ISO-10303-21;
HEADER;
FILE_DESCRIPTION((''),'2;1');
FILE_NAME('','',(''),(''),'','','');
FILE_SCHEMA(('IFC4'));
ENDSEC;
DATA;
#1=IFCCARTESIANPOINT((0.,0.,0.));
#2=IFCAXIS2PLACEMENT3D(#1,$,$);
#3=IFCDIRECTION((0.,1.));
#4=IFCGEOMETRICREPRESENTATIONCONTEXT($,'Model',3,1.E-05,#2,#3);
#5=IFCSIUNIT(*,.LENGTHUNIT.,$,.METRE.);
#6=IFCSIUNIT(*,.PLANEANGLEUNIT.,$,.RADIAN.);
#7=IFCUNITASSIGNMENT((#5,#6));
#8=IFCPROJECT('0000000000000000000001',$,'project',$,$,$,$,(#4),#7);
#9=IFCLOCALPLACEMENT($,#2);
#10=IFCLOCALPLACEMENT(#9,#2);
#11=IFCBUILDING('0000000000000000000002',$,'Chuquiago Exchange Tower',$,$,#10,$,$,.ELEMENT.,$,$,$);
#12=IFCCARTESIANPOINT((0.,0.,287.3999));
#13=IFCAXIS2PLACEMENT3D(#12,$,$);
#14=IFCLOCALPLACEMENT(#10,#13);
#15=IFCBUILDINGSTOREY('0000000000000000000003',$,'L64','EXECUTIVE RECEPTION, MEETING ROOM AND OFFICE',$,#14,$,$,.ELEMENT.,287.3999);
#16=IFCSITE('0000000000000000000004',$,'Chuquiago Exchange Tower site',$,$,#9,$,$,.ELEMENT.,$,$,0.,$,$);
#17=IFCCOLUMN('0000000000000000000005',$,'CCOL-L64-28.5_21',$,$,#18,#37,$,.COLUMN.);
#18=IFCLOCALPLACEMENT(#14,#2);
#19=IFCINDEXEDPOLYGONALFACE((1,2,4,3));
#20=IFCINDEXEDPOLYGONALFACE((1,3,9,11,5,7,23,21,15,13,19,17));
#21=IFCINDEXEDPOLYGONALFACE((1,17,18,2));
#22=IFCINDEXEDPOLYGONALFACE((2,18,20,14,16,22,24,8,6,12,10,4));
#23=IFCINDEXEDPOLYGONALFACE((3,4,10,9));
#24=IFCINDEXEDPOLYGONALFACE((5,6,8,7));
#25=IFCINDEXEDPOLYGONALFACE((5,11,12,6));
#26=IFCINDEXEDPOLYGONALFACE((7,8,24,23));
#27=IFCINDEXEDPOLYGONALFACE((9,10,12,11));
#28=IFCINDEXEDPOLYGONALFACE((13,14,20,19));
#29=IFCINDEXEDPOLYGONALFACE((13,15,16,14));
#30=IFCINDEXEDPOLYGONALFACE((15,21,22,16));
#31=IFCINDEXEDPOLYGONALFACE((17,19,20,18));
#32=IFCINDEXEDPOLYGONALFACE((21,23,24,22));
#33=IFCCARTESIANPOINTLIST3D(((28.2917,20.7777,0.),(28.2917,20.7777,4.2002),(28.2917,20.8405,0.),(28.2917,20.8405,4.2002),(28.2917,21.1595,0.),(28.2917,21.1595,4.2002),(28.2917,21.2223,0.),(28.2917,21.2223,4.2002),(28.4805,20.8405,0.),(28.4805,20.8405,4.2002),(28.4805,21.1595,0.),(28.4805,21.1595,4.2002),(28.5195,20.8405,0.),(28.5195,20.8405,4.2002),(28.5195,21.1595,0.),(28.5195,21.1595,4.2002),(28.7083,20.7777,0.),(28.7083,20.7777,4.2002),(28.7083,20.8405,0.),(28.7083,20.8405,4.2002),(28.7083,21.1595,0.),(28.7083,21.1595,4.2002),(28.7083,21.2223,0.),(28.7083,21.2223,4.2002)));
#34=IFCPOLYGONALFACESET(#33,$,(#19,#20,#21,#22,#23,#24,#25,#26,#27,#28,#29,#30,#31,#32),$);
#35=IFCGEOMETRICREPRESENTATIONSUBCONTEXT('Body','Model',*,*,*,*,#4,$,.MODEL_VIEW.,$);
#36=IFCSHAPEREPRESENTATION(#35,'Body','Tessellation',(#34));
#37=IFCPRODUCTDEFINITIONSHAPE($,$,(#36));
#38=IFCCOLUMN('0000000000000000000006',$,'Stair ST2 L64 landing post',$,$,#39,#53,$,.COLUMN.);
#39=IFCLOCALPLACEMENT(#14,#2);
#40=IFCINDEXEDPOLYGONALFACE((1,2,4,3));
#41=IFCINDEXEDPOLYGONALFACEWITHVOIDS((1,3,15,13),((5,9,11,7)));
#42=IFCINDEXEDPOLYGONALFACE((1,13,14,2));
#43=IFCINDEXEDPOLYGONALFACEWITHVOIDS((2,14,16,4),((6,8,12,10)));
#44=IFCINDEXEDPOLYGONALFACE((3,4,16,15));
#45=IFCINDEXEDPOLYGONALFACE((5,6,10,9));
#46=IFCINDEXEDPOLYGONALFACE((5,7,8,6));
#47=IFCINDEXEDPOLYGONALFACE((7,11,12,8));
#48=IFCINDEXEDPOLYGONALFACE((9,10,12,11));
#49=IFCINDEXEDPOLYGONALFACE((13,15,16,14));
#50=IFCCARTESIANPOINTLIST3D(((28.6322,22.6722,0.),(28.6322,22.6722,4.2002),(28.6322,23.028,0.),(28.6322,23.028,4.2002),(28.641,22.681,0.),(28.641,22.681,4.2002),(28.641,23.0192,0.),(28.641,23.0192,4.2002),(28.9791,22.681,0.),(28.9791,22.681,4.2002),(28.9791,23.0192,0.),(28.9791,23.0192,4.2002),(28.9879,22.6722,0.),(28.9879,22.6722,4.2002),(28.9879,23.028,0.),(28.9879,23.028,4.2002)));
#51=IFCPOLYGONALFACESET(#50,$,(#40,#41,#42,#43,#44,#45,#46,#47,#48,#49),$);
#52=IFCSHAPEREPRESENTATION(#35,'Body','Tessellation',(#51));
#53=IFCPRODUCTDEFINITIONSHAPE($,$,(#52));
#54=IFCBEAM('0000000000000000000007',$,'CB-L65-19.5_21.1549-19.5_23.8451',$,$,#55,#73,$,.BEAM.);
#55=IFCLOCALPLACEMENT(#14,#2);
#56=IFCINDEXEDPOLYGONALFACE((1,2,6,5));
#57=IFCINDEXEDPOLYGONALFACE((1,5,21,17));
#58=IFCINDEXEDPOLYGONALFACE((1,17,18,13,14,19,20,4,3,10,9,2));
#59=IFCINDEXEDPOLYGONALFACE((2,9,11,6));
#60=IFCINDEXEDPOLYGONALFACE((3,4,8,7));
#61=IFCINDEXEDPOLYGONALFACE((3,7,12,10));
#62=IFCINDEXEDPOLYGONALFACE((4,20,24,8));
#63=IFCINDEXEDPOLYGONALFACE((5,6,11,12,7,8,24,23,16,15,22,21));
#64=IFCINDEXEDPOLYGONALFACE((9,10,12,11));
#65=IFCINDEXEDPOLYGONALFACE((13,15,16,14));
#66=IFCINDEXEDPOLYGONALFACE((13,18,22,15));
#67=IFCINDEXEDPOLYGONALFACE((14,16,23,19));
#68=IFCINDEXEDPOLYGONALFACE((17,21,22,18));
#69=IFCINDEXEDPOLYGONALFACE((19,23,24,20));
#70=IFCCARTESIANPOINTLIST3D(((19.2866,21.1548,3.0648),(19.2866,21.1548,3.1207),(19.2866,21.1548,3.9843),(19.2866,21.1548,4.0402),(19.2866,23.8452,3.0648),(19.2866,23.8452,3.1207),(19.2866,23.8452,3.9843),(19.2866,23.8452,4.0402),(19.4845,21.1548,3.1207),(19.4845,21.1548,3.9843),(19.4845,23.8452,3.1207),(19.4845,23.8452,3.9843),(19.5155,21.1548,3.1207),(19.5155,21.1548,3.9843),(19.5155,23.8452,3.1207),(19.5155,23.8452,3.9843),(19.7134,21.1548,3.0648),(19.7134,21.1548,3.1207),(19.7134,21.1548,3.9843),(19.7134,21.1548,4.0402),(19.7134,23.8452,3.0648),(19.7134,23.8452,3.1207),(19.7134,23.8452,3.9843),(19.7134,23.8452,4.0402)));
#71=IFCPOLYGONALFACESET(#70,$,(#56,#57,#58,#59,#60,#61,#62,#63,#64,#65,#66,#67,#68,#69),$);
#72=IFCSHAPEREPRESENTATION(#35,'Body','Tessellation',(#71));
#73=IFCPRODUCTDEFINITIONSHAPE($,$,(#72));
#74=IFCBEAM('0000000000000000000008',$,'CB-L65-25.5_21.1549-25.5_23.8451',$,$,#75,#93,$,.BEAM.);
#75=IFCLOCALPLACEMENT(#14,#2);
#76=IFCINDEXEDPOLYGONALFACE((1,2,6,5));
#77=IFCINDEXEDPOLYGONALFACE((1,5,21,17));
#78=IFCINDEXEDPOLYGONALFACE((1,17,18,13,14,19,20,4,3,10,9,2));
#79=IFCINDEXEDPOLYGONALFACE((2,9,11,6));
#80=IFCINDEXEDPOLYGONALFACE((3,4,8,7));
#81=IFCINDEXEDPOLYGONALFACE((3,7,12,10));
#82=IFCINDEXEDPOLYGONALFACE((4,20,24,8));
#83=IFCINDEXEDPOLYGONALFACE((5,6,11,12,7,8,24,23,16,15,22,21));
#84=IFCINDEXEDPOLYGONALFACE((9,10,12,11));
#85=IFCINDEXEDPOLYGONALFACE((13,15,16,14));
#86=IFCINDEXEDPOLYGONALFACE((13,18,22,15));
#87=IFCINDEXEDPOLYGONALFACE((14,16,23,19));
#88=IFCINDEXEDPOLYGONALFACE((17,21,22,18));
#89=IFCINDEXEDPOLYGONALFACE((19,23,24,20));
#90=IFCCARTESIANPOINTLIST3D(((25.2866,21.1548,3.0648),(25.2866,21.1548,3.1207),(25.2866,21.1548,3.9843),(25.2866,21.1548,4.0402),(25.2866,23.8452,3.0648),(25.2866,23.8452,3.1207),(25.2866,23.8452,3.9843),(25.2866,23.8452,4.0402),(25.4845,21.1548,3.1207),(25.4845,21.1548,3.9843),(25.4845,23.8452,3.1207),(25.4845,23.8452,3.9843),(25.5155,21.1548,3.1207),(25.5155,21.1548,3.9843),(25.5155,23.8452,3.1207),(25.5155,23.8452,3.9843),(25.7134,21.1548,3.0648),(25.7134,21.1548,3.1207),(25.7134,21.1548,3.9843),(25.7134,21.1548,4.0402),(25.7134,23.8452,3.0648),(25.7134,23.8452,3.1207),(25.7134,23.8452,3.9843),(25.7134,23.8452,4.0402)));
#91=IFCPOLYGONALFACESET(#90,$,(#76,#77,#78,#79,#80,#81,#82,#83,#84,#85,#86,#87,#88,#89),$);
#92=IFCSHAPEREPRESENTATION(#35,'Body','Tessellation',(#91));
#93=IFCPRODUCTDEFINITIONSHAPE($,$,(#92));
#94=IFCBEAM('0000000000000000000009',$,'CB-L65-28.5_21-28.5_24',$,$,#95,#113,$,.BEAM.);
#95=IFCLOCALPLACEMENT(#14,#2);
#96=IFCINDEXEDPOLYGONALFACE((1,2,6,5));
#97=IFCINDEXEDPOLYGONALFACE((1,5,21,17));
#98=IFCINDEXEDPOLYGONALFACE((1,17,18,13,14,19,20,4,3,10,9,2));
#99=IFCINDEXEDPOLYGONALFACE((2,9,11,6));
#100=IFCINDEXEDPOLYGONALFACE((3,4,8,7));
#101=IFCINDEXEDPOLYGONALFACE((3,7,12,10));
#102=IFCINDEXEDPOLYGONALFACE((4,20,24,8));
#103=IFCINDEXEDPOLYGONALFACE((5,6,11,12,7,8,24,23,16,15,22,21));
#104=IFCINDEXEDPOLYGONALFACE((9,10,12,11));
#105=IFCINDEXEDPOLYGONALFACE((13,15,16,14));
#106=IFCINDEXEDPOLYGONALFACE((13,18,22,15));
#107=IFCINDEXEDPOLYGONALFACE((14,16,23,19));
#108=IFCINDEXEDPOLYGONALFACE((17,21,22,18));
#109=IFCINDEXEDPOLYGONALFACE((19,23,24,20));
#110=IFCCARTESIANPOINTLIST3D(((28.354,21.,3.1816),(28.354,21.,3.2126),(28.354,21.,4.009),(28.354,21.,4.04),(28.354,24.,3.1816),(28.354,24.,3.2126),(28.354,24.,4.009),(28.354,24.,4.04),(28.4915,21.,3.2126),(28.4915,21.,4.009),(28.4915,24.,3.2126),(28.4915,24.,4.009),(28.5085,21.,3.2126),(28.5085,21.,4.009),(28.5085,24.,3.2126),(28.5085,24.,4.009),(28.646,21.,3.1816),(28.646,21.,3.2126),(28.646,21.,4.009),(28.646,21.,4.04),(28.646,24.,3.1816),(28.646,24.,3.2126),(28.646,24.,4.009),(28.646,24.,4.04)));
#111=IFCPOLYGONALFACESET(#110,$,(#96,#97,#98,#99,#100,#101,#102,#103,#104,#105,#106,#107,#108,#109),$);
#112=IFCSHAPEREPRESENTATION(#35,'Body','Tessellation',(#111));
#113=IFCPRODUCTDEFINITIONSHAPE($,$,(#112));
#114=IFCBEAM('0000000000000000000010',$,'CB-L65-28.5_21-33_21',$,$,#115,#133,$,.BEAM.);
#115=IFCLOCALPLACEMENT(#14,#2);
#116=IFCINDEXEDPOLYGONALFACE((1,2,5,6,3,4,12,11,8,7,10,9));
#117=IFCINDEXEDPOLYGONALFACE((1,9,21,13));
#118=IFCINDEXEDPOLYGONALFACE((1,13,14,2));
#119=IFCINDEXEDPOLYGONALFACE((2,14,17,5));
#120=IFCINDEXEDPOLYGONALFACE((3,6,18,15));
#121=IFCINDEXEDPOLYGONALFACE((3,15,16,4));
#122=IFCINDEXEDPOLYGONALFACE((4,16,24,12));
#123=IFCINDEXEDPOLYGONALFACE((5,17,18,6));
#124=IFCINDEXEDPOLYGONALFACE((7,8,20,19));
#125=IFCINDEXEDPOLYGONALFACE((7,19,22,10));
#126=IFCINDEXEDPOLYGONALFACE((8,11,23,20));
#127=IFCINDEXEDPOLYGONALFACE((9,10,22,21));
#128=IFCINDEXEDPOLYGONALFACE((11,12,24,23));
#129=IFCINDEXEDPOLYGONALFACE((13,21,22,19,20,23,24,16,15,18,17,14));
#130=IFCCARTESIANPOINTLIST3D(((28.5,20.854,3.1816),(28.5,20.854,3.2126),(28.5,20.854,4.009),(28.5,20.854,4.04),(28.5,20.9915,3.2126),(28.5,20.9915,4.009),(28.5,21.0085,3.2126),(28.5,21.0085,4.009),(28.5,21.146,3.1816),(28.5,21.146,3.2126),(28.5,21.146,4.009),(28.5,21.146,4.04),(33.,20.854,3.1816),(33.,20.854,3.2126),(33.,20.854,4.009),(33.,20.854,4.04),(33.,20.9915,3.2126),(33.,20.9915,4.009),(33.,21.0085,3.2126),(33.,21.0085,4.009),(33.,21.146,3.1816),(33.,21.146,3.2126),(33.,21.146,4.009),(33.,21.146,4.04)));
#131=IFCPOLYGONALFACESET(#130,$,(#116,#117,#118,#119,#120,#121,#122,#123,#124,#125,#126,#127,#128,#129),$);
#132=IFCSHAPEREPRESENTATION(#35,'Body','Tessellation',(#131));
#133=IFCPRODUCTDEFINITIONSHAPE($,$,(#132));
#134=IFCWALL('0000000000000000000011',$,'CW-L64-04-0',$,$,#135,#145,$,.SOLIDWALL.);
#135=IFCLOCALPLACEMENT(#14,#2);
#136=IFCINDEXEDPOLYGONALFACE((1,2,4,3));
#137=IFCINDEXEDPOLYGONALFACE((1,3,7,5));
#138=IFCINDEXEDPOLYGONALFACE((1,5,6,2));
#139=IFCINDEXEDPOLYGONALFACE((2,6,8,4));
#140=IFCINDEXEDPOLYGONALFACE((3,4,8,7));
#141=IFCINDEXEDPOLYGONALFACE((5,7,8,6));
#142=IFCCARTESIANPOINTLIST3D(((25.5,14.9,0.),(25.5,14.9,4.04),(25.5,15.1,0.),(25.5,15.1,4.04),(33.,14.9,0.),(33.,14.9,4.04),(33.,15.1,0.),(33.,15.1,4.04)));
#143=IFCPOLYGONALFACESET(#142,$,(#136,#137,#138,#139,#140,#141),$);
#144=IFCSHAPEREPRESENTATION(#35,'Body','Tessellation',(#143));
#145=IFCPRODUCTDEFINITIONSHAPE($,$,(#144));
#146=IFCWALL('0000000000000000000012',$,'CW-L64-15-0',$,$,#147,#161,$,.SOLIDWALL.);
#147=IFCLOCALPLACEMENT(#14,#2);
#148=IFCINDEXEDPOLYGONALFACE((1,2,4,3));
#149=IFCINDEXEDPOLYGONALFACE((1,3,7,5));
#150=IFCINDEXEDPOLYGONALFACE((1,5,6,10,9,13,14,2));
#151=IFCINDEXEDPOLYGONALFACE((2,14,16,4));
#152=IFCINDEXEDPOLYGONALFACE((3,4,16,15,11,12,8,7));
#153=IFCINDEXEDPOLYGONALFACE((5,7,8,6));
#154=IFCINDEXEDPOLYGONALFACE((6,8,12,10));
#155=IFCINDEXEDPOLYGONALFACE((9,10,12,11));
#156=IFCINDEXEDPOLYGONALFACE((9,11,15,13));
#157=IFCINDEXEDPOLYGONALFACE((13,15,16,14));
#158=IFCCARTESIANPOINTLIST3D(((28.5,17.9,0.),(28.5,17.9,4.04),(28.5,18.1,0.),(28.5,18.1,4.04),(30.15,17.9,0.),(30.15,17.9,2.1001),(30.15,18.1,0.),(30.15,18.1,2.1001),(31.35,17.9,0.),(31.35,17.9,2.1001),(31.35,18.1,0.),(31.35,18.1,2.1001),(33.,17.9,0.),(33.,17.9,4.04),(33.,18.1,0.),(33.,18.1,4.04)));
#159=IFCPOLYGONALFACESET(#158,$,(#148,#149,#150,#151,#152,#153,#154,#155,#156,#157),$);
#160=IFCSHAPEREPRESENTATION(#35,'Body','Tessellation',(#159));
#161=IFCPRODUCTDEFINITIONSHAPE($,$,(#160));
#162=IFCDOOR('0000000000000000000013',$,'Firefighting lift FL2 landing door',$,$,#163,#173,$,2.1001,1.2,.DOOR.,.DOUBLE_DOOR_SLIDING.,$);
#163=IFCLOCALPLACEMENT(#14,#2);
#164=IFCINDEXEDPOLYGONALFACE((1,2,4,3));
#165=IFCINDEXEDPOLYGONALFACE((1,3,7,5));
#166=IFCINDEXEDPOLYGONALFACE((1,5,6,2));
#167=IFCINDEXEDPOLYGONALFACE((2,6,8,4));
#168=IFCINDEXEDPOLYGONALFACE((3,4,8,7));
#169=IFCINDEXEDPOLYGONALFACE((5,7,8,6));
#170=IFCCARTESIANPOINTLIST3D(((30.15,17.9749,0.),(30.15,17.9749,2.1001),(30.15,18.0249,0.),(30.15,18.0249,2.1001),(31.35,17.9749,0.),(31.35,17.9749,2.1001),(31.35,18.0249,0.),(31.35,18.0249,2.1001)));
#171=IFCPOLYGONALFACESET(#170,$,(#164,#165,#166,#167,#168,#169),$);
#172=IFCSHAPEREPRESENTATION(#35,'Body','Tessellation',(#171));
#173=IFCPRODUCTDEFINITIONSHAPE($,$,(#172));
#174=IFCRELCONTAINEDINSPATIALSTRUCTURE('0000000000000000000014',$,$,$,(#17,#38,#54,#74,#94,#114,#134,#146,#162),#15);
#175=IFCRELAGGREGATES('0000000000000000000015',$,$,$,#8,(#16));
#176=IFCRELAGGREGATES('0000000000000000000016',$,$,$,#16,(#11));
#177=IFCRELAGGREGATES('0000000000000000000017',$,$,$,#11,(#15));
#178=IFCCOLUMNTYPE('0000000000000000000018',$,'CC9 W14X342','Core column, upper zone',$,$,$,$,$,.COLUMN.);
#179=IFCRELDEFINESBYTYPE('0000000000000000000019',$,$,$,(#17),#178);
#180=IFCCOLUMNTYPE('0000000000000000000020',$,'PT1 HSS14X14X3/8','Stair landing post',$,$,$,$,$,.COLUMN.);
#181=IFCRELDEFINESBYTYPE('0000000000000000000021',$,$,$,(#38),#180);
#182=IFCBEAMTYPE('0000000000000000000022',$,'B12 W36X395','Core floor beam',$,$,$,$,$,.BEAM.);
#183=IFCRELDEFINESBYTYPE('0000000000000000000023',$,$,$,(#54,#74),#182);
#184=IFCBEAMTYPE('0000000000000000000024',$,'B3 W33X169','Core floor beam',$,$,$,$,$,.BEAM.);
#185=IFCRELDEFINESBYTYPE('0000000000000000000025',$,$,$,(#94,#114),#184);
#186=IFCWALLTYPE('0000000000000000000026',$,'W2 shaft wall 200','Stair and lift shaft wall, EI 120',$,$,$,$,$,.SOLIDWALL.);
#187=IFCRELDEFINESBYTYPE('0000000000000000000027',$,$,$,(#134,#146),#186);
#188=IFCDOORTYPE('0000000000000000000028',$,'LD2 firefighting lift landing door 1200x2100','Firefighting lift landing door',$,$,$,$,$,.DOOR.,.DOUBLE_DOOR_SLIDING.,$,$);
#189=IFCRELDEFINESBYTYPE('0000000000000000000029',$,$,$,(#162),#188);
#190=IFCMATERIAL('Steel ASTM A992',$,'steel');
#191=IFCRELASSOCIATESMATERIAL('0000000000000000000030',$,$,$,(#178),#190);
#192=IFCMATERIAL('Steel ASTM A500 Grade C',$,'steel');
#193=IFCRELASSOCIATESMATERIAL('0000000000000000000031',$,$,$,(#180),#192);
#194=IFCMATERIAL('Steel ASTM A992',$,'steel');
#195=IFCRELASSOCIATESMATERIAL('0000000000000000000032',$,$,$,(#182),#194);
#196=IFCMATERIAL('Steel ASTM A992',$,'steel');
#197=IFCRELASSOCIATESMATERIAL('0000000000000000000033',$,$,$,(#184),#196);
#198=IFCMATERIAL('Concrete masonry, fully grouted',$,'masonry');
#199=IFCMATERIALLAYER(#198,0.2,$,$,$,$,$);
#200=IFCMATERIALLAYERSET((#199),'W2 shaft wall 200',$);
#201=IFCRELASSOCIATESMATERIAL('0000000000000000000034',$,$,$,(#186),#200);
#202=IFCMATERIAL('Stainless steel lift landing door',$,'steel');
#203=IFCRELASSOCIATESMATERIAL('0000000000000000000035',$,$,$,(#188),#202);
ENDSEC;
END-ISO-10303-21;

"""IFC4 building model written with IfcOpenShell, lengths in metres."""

from ifc_helpers import new_model, si_unit, direction, frame, frame_2d, origin, origin_2d, place, context, subcontext, project, spatial, rectangle, hollow_rectangle, i_section, extrude, material, layer, layer_set, material_profile, profile_set, type_object, element, fill, save


model = new_model("IFC4")

# Units and contexts
model_context = context("Model", 3, precision=1e-05, world=origin(), true_north=direction((0.0, 1.0)))
body_context = subcontext(model_context, "Body", "Model", "MODEL_VIEW")
ifc_project = project(units=[si_unit("LENGTHUNIT", "METRE"), si_unit("PLANEANGLEUNIT", "RADIAN")], contexts=[model_context])

# Site, building, storey
site_placement = place(None, origin())
site = spatial("IfcSite", under=ifc_project, at=site_placement, Name="Chuquiago Exchange Tower site", CompositionType="ELEMENT", RefElevation=0.0)
building_placement = place(site_placement, origin())
building = spatial("IfcBuilding", under=site, at=building_placement, Name="Chuquiago Exchange Tower", CompositionType="ELEMENT")
storey_placement = place(building_placement, frame((0.0, 0.0, 287.3999)))
storey = spatial("IfcBuildingStorey", under=building, at=storey_placement, Name="L64", Description="EXECUTIVE RECEPTION, MEETING ROOM AND OFFICE", CompositionType="ELEMENT", Elevation=287.3999)

# Columns
ifc_material_1 = material(Name="Steel ASTM A992", Category="steel")
ifc_material_profile_1 = material_profile(ifc_material_1, i_section(OverallWidth=0.4165, OverallDepth=0.4446, WebThickness=0.0391, FlangeThickness=0.0627, at=origin_2d()), Name="W14X342")
ifc_profile_set_1 = profile_set([ifc_material_profile_1], Name="Steel ASTM A992")
column_type_1 = type_object("IfcColumnType", Name="CC9 W14X342", Description="Core column, upper zone", PredefinedType="COLUMN", material=ifc_profile_set_1)
column_1_placement = place(storey_placement, frame((28.5, 21.0, 0.0), z_axis=(0.0, 0.0, 1.0), x_axis=(1.0, 0.0, 0.0)))
element("IfcColumn", 1, at=column_1_placement, inside=storey, type_object=column_type_1, Name="CCOL-L64-28.5_21", PredefinedType="COLUMN", context=body_context, shape_type="SweptSolid", body=[
    extrude(i_section(OverallWidth=0.4165, OverallDepth=0.4446, WebThickness=0.0391, FlangeThickness=0.0627, at=origin_2d()), origin(), (0.0, 0.0, 1.0), 4.2002),
])
ifc_material_2 = material(Name="Steel ASTM A500 Grade C", Category="steel")
ifc_material_profile_2 = material_profile(ifc_material_2, hollow_rectangle(XDim=0.3557, YDim=0.3557, WallThickness=0.0088, at=origin_2d()), Name="HSS14X14X3/8")
ifc_profile_set_2 = profile_set([ifc_material_profile_2], Name="Steel ASTM A500 Grade C")
column_type_2 = type_object("IfcColumnType", Name="PT1 HSS14X14X3/8", Description="Stair landing post", PredefinedType="COLUMN", material=ifc_profile_set_2)
column_2_placement = place(storey_placement, frame((28.8101, 22.8501, 0.0), z_axis=(0.0, 0.0, 1.0), x_axis=(1.0, 0.0, 0.0)))
element("IfcColumn", 2, at=column_2_placement, inside=storey, type_object=column_type_2, Name="Stair ST2 L64 landing post", PredefinedType="COLUMN", context=body_context, shape_type="SweptSolid", body=[
    extrude(hollow_rectangle(XDim=0.3557, YDim=0.3557, WallThickness=0.0088, at=origin_2d()), origin(), (0.0, 0.0, 1.0), 4.2002),
])

# Beams
ifc_material_3 = material(Name="Steel ASTM A992", Category="steel")
ifc_material_profile_3 = material_profile(ifc_material_3, i_section(OverallWidth=0.4268, OverallDepth=0.9753, WebThickness=0.031, FlangeThickness=0.0559, at=origin_2d()), Name="W36X395")
ifc_profile_set_3 = profile_set([ifc_material_profile_3], Name="Steel ASTM A992")
beam_type_1 = type_object("IfcBeamType", Name="B12 W36X395", Description="Core floor beam", PredefinedType="BEAM", material=ifc_profile_set_3)
for number, where, z_axis, x_axis, name in (
    (3, (19.5, 21.1548, 3.5525), (0.0, 1.0, 0.0), (-1.0, 0.0, 0.0), "CB-L65-19.5_21.1549-19.5_23.8451"),
    (4, (25.5, 21.1548, 3.5525), (0.0, 1.0, 0.0), (-1.0, 0.0, 0.0), "CB-L65-25.5_21.1549-25.5_23.8451"),
):
    element("IfcBeam", number, at=place(storey_placement, frame(where, z_axis=z_axis, x_axis=x_axis)), inside=storey, type_object=beam_type_1, Name=name, PredefinedType="BEAM", context=body_context, shape_type="SweptSolid", body=[
        extrude(i_section(OverallWidth=0.4268, OverallDepth=0.9753, WebThickness=0.031, FlangeThickness=0.0559, at=origin_2d()), origin(), (0.0, 0.0, 1.0), 2.6904),
    ])
ifc_material_4 = material(Name="Steel ASTM A992", Category="steel")
ifc_material_profile_4 = material_profile(ifc_material_4, i_section(OverallWidth=0.292, OverallDepth=0.8584, WebThickness=0.0171, FlangeThickness=0.031, at=origin_2d()), Name="W33X169")
ifc_profile_set_4 = profile_set([ifc_material_profile_4], Name="Steel ASTM A992")
beam_type_2 = type_object("IfcBeamType", Name="B3 W33X169", Description="Core floor beam", PredefinedType="BEAM", material=ifc_profile_set_4)
beam_1_placement = place(storey_placement, frame((28.5, 21.0, 3.6108), z_axis=(0.0, 1.0, 0.0), x_axis=(-1.0, 0.0, 0.0)))
element("IfcBeam", 5, at=beam_1_placement, inside=storey, type_object=beam_type_2, Name="CB-L65-28.5_21-28.5_24", PredefinedType="BEAM", context=body_context, shape_type="SweptSolid", body=[
    extrude(i_section(OverallWidth=0.292, OverallDepth=0.8584, WebThickness=0.0171, FlangeThickness=0.031, at=origin_2d()), origin(), (0.0, 0.0, 1.0), 3.0),
])
beam_2_placement = place(storey_placement, frame((28.5, 21.0, 3.6108), z_axis=(1.0, 0.0, 0.0), x_axis=(0.0, 1.0, 0.0)))
element("IfcBeam", 6, at=beam_2_placement, inside=storey, type_object=beam_type_2, Name="CB-L65-28.5_21-33_21", PredefinedType="BEAM", context=body_context, shape_type="SweptSolid", body=[
    extrude(i_section(OverallWidth=0.292, OverallDepth=0.8584, WebThickness=0.0171, FlangeThickness=0.031, at=origin_2d()), origin(), (0.0, 0.0, 1.0), 4.5),
])

# Wall
ifc_material_5 = material(Name="Concrete masonry, fully grouted", Category="masonry")
ifc_layer = layer(ifc_material_5, 0.2)
ifc_layer_set = layer_set([ifc_layer], Name="W2 shaft wall 200")
wall_type = type_object("IfcWallType", Name="W2 shaft wall 200", Description="Stair and lift shaft wall, EI 120", PredefinedType="SOLIDWALL", material=ifc_layer_set)
wall_1_placement = place(storey_placement, frame((25.5, 15.0, 0.0), z_axis=(0.0, 0.0, 1.0), x_axis=(1.0, 0.0, 0.0)))
element("IfcWall", 7, at=wall_1_placement, inside=storey, type_object=wall_type, Name="CW-L64-04-0", PredefinedType="SOLIDWALL", context=body_context, shape_type="SweptSolid", body=[
    extrude(rectangle(XDim=7.5, YDim=0.2, at=frame_2d((3.75, 0.0))), origin(), (0.0, 0.0, 1.0), 4.04),
])

# Wall, opening, door
wall_2_placement = place(storey_placement, frame((28.5, 18.0, 0.0), z_axis=(0.0, 0.0, 1.0), x_axis=(1.0, 0.0, 0.0)))
wall_2 = element("IfcWall", 8, at=wall_2_placement, inside=storey, type_object=wall_type, Name="CW-L64-15-0", PredefinedType="SOLIDWALL", context=body_context, shape_type="SweptSolid", body=[
    extrude(rectangle(XDim=4.5, YDim=0.2, at=frame_2d((2.25, 0.0))), origin(), (0.0, 0.0, 1.0), 4.04),
])
opening_1_placement = place(wall_2_placement, frame((1.6499, 0.0, 0.0)))
opening_1 = element("IfcOpeningElement", 9, at=opening_1_placement, cuts=wall_2, PredefinedType="OPENING", context=body_context, shape_type="SweptSolid", body=[
    extrude(rectangle(XDim=1.2, YDim=2.1001, at=frame_2d((0.6001, 1.05))), frame((0.0, 0.1099, 0.0), z_axis=(0.0, -1.0, 0.0), x_axis=(1.0, 0.0, 0.0)), (0.0, 0.0, 1.0), 0.22),
])
ifc_material_6 = material(Name="Stainless steel lift landing door", Category="steel")
door_type_1 = type_object("IfcDoorType", Name="LD2 firefighting lift landing door 1200x2100", Description="Firefighting lift landing door", OperationType="DOUBLE_DOOR_SLIDING", PredefinedType="DOOR", material=ifc_material_6)
door_1_placement = place(opening_1_placement, origin())
door_1 = element("IfcDoor", 10, at=door_1_placement, inside=storey, type_object=door_type_1, Name="Firefighting lift FL2 landing door", OperationType="DOUBLE_DOOR_SLIDING", OverallHeight=2.1001, OverallWidth=1.2, PredefinedType="DOOR", context=body_context, shape_type="SweptSolid", body=[
    extrude(rectangle(XDim=1.2, YDim=2.1001, at=frame_2d((0.6001, 1.05))), frame((0.0, 0.0249, 0.0), z_axis=(0.0, -1.0, 0.0), x_axis=(1.0, 0.0, 0.0)), (0.0, 0.0, 1.0), 0.05),
])
fill(opening_1, door_1)

save(model, "model.ifc")
